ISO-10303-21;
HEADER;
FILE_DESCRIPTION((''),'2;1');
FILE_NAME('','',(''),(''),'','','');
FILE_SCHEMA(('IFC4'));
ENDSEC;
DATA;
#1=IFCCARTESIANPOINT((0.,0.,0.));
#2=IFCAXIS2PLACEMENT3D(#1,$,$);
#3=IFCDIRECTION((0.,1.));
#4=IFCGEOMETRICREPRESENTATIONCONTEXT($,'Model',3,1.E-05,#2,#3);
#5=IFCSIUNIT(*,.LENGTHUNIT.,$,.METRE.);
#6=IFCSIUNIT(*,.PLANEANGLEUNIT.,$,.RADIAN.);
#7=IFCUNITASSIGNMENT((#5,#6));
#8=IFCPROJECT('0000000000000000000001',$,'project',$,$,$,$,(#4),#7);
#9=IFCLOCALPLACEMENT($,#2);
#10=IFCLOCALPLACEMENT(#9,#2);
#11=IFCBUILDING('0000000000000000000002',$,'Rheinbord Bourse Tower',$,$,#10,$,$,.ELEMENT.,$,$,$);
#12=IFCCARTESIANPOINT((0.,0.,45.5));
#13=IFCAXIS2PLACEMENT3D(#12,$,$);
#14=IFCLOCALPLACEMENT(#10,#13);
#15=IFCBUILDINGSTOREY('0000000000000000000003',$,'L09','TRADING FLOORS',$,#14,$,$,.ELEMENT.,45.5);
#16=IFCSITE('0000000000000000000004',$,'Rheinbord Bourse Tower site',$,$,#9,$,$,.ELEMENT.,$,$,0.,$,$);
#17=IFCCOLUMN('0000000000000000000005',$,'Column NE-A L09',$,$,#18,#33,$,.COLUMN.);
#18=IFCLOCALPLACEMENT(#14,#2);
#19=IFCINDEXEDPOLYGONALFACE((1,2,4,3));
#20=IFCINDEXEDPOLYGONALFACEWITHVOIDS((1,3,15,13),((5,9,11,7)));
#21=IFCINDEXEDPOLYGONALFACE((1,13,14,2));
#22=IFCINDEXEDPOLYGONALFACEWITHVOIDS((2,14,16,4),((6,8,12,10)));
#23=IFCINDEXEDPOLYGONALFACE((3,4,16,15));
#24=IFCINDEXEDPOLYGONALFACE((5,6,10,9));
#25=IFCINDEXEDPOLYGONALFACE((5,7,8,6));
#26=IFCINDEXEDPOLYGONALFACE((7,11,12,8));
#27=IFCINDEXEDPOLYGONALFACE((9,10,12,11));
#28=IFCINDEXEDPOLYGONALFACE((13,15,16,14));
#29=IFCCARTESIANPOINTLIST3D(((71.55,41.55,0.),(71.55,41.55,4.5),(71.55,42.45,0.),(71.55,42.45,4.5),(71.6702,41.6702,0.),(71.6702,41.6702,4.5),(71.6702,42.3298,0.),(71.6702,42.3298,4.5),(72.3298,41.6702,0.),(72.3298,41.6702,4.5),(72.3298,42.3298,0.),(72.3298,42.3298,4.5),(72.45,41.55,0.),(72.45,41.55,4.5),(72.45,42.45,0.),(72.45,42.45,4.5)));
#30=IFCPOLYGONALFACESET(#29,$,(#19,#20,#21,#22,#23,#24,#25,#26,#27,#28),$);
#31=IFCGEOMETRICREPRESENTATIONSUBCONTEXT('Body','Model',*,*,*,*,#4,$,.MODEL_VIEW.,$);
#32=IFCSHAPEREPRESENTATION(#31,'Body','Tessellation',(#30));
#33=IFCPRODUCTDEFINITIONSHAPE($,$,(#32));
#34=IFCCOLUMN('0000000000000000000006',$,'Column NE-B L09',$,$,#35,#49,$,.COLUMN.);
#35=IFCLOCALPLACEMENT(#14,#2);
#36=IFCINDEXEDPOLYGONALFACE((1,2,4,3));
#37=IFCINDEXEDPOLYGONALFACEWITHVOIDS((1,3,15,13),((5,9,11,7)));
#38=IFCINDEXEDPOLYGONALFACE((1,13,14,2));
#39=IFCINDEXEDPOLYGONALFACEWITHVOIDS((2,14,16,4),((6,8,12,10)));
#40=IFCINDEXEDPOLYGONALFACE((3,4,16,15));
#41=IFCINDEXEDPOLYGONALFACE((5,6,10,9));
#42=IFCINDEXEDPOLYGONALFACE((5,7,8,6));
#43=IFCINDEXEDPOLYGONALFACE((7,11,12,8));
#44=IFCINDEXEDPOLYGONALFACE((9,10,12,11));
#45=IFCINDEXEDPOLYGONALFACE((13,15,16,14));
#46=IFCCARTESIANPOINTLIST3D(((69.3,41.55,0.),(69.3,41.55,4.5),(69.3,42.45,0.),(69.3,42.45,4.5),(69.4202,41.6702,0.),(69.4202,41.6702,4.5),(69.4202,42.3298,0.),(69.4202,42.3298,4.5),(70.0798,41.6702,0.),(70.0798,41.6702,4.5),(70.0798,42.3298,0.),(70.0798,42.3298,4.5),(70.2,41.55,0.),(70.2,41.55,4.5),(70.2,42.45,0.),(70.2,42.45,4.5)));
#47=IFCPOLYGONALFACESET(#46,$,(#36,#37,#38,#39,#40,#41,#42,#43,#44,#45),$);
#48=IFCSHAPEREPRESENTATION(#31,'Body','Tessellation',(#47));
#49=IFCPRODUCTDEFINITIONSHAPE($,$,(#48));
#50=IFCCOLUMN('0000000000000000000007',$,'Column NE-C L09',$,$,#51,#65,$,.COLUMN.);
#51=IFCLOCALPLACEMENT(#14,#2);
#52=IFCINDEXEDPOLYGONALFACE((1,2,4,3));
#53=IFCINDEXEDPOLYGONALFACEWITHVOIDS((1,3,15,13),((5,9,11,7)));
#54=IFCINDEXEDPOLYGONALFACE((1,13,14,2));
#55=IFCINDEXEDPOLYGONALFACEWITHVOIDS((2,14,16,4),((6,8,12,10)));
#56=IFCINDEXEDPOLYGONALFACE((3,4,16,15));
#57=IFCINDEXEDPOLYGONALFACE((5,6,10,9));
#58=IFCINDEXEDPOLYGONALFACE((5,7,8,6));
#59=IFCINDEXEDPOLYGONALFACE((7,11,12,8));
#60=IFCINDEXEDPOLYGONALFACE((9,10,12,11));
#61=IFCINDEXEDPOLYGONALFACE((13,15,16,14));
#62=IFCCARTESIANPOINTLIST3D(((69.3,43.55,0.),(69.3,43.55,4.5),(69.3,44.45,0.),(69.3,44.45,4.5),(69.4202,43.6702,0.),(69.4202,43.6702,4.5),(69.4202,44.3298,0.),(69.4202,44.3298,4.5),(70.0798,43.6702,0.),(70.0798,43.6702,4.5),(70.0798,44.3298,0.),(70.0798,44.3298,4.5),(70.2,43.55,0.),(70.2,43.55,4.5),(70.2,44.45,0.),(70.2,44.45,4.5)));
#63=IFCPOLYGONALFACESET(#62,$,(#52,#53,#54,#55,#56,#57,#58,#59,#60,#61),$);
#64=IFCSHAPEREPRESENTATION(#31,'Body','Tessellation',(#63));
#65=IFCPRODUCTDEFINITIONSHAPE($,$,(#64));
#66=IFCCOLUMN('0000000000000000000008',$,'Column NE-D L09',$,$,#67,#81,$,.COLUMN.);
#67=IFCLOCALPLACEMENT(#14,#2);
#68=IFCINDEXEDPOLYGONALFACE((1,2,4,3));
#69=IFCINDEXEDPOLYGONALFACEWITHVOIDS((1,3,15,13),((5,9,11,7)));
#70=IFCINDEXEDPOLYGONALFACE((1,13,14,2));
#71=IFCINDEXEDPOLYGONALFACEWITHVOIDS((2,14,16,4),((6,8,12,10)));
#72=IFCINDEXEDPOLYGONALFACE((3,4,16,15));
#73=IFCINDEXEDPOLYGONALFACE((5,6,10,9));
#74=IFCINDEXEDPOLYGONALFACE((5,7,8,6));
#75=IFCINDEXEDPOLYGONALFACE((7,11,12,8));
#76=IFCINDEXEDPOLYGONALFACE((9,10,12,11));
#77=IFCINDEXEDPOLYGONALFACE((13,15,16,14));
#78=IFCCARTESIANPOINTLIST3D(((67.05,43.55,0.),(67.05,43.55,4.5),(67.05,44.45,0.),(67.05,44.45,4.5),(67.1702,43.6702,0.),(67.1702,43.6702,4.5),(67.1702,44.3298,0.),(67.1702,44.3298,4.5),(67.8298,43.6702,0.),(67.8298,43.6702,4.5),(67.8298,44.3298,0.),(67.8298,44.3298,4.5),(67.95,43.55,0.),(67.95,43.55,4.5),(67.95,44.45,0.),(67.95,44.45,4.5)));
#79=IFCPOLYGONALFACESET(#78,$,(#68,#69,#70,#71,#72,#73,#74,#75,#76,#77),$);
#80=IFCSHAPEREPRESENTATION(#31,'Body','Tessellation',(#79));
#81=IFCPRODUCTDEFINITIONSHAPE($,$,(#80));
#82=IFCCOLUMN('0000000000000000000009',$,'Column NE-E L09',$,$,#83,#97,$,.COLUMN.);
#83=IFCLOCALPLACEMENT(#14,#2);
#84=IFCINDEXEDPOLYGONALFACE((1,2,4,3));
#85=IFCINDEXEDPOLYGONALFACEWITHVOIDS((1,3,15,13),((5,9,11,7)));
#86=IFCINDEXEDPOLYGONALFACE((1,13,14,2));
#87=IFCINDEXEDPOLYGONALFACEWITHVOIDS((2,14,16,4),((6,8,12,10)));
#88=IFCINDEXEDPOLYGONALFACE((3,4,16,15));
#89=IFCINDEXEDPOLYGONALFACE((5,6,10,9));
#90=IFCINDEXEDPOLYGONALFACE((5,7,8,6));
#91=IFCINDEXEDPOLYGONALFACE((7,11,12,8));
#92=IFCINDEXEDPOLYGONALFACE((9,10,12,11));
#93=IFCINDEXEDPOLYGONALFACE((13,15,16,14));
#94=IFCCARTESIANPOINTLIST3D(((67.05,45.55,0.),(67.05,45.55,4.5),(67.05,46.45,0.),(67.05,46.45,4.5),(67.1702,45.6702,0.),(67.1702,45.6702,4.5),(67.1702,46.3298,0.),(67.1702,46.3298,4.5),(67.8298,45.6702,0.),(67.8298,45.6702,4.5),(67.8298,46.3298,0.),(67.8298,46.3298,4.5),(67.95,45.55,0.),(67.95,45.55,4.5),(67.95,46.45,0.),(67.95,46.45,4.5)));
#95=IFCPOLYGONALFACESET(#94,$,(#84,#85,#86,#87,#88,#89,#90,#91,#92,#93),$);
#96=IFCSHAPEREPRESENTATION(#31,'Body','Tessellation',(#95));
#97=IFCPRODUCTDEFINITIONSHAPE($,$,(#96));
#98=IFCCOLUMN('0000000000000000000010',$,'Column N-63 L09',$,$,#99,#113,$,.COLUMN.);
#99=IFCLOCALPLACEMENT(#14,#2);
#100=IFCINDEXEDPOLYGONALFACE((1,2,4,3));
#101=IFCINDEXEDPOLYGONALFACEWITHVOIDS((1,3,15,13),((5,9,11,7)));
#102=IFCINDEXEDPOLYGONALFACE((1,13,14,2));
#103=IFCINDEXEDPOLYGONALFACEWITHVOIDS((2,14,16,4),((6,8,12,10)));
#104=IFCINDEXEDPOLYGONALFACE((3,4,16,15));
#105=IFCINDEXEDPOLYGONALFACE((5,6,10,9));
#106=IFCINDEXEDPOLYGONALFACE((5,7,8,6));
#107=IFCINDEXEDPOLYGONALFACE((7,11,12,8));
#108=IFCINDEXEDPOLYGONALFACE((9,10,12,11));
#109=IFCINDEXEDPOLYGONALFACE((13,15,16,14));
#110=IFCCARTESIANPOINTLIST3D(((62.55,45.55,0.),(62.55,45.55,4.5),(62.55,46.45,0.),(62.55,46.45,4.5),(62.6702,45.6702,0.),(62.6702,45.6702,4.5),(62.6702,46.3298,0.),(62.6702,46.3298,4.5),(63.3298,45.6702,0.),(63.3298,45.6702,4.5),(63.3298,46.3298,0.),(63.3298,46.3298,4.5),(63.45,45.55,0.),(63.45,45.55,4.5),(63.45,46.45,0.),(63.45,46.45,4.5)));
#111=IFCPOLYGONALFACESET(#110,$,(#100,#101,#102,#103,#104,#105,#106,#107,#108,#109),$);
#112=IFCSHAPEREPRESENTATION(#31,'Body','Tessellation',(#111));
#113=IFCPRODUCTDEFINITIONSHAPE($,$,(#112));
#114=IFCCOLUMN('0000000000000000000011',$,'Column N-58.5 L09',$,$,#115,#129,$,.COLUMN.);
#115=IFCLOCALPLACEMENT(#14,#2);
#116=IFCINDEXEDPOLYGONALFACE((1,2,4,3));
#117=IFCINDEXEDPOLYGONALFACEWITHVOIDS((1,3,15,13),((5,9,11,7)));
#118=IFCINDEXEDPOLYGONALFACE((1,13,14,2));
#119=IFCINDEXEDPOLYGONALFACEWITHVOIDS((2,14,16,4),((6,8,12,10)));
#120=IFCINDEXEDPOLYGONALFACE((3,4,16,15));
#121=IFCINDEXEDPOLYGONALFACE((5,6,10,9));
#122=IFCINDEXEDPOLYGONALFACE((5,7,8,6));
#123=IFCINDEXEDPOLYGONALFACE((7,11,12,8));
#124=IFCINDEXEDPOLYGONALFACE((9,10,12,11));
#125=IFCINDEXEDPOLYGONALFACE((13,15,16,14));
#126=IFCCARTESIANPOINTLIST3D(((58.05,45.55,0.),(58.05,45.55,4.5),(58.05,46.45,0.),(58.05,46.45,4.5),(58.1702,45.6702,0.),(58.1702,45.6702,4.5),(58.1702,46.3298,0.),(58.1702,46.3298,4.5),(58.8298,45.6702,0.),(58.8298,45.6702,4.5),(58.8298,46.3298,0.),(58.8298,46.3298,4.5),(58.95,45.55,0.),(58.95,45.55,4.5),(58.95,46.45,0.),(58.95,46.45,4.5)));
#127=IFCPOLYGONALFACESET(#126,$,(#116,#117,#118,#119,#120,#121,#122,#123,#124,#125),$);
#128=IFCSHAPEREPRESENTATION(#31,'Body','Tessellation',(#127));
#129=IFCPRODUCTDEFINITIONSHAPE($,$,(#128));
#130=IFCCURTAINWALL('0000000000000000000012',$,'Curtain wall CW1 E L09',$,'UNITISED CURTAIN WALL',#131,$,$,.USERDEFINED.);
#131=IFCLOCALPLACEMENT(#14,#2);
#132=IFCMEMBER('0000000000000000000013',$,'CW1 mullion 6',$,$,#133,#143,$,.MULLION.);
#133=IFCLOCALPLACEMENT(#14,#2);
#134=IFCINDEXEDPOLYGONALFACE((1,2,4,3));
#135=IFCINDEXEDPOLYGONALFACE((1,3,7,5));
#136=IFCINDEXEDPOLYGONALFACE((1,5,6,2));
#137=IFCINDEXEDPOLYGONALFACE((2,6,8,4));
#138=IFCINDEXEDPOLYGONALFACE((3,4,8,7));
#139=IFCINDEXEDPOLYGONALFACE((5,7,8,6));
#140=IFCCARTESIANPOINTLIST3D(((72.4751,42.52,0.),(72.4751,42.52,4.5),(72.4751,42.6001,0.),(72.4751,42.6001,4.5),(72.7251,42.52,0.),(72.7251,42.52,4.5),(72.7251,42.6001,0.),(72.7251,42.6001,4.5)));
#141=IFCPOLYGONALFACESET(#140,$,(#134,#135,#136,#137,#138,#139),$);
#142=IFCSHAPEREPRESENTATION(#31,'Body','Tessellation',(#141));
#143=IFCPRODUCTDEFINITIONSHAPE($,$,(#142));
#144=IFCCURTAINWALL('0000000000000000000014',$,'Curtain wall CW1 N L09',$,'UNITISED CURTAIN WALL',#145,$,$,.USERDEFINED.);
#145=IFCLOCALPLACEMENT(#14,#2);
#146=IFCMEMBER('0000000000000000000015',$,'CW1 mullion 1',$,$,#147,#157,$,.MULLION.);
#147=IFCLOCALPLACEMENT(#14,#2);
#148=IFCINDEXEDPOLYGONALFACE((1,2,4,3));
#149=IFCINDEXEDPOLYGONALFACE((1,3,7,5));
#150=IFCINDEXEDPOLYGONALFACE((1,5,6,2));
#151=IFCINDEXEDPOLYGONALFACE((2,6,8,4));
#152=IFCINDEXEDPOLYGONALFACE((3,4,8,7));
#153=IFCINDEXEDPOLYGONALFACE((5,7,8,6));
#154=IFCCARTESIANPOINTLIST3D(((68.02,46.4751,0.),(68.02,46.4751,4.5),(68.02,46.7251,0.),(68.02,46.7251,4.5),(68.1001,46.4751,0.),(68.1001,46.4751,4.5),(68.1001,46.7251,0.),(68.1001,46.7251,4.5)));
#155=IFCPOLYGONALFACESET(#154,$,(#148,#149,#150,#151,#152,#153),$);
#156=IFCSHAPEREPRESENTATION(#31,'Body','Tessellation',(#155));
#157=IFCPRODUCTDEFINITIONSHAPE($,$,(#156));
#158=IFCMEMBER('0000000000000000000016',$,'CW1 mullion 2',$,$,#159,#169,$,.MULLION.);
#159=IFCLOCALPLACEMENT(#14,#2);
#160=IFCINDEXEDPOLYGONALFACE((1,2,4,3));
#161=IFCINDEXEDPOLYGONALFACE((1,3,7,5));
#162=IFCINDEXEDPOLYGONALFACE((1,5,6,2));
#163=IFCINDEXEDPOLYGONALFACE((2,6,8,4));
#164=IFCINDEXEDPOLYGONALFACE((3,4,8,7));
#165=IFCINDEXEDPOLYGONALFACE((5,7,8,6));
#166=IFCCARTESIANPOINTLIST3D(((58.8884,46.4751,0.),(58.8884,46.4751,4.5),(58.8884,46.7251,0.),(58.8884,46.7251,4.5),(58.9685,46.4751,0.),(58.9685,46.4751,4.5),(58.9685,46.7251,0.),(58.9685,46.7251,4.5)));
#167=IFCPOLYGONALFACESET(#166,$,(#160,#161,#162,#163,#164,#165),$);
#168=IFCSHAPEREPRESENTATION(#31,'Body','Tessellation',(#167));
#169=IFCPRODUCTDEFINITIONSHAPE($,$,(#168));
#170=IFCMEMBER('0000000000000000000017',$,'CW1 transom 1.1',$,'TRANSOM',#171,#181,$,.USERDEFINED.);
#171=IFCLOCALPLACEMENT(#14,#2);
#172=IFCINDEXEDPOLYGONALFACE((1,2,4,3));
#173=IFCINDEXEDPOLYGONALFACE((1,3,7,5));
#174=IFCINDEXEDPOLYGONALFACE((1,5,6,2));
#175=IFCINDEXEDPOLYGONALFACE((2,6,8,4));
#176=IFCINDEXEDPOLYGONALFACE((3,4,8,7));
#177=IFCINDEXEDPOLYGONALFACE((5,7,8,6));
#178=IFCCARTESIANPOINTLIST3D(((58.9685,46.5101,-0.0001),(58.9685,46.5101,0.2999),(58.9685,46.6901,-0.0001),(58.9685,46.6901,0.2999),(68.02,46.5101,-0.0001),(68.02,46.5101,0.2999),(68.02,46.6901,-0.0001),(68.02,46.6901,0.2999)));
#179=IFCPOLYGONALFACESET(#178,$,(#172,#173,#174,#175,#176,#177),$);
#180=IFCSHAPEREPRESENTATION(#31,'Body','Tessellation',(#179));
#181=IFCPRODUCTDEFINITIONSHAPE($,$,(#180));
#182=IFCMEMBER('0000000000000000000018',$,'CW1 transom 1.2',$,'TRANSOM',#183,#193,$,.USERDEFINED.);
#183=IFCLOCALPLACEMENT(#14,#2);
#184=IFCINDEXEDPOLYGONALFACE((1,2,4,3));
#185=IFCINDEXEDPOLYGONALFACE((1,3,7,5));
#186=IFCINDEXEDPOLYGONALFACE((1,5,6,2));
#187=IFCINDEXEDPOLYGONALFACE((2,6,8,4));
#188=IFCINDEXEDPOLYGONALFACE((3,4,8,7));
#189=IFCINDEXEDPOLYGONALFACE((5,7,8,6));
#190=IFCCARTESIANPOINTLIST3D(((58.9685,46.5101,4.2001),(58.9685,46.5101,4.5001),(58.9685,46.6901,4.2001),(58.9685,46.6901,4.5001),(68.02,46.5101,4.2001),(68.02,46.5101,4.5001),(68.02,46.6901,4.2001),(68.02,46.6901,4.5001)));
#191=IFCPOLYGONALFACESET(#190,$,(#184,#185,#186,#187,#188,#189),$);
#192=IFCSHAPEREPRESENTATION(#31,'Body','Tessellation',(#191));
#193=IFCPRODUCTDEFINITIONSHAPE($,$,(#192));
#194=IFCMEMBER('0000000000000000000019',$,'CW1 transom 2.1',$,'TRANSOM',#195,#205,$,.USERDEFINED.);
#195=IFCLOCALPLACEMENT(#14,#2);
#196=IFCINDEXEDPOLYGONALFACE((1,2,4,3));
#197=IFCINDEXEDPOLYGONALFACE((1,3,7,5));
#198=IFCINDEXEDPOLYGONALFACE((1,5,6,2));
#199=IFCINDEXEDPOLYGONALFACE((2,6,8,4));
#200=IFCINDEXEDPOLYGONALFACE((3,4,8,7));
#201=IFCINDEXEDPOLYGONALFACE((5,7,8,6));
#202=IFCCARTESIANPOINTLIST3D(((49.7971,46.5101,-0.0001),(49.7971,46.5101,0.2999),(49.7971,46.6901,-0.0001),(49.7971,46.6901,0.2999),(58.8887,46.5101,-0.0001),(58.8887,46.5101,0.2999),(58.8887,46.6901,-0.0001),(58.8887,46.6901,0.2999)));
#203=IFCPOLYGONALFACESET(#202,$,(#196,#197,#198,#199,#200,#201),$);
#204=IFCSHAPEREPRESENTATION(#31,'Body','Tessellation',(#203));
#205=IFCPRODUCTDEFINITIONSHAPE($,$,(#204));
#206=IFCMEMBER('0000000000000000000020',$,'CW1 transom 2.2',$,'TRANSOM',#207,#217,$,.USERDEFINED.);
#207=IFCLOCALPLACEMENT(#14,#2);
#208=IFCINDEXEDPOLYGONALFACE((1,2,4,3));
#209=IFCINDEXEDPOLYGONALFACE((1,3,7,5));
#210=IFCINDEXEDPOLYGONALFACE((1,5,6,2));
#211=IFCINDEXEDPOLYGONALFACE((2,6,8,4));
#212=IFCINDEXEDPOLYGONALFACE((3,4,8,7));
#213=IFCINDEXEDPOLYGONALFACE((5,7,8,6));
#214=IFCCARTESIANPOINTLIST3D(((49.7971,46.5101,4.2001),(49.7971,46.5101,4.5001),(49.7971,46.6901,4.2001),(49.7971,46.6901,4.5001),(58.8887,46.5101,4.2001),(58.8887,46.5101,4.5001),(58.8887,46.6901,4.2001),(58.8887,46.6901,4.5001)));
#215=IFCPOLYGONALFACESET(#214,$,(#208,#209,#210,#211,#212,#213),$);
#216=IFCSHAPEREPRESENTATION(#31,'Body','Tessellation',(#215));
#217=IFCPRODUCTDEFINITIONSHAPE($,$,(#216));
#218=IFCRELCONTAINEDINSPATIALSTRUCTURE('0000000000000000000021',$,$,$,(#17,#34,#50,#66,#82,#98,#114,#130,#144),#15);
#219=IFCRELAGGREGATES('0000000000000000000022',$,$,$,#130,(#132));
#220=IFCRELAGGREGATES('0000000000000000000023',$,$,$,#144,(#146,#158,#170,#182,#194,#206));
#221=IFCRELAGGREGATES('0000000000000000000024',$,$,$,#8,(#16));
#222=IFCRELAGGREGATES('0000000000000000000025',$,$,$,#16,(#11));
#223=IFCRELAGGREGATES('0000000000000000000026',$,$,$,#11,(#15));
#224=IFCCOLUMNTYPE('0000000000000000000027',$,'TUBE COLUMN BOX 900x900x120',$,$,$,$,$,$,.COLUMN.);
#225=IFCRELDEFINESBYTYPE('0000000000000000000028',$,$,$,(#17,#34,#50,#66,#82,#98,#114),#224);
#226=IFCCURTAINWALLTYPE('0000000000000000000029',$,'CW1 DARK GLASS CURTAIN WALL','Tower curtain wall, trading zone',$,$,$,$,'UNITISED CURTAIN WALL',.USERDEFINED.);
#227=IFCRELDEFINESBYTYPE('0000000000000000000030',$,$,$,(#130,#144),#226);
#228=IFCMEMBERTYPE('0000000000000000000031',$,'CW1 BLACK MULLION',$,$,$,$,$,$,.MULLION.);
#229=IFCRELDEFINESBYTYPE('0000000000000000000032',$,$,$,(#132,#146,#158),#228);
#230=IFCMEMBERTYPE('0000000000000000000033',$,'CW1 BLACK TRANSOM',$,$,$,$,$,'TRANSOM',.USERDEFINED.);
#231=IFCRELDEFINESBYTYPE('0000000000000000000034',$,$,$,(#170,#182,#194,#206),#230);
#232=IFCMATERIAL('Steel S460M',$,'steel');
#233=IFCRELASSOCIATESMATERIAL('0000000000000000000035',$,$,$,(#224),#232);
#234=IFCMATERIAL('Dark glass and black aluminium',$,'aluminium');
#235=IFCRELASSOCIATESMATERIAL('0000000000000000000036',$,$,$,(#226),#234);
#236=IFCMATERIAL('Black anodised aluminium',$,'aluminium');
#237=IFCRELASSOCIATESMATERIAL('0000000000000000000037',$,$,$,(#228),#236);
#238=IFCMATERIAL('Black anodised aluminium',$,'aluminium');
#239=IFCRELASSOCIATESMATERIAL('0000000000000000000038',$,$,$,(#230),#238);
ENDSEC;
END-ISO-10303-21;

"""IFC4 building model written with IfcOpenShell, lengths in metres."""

from ifc_helpers import new_model, si_unit, direction, frame, origin, origin_2d, place, context, subcontext, project, spatial, rectangle, hollow_rectangle, extrude, material, material_profile, profile_set, type_object, element, aggregate, save


model = new_model("IFC4")

# Units and contexts
model_context = context("Model", 3, precision=1e-05, world=origin(), true_north=direction((0.0, 1.0)))
body_context = subcontext(model_context, "Body", "Model", "MODEL_VIEW")
ifc_project = project(units=[si_unit("LENGTHUNIT", "METRE"), si_unit("PLANEANGLEUNIT", "RADIAN")], contexts=[model_context])

# Site, building, storey
site_placement = place(None, origin())
site = spatial("IfcSite", under=ifc_project, at=site_placement, Name="Rheinbord Bourse Tower site", CompositionType="ELEMENT", RefElevation=0.0)
building_placement = place(site_placement, origin())
building = spatial("IfcBuilding", under=site, at=building_placement, Name="Rheinbord Bourse Tower", CompositionType="ELEMENT")
storey_placement = place(building_placement, frame((0.0, 0.0, 45.5)))
storey = spatial("IfcBuildingStorey", under=building, at=storey_placement, Name="L09", Description="TRADING FLOORS", CompositionType="ELEMENT", Elevation=45.5)

# Columns
ifc_material_1 = material(Name="Steel S460M", Category="steel")
ifc_material_profile_1 = material_profile(ifc_material_1, hollow_rectangle(XDim=0.8999, YDim=0.8999, WallThickness=0.1201, at=origin_2d()), Name="BOX 900x900x120")
ifc_profile_set_1 = profile_set([ifc_material_profile_1], Name="Steel S460M")
column_type = type_object("IfcColumnType", Name="TUBE COLUMN BOX 900x900x120", PredefinedType="COLUMN", material=ifc_profile_set_1)
for number, where, z_axis, x_axis, name in (
    (1, (72.0, 42.0, 0.0), (0.0, 0.0, 1.0), (1.0, 0.0, 0.0), "Column NE-A L09"),
    (2, (69.75, 42.0, 0.0), (0.0, 0.0, 1.0), (1.0, 0.0, 0.0), "Column NE-B L09"),
    (3, (69.75, 44.0, 0.0), (0.0, 0.0, 1.0), (1.0, 0.0, 0.0), "Column NE-C L09"),
    (4, (67.5, 44.0, 0.0), (0.0, 0.0, 1.0), (0.0, 1.0, 0.0), "Column NE-D L09"),
    (5, (67.5, 46.0, 0.0), (0.0, 0.0, 1.0), (0.0, 1.0, 0.0), "Column NE-E L09"),
    (6, (63.0, 46.0, 0.0), (0.0, 0.0, 1.0), (0.0, 1.0, 0.0), "Column N-63 L09"),
    (7, (58.5, 46.0, 0.0), (0.0, 0.0, 1.0), (0.0, 1.0, 0.0), "Column N-58.5 L09"),
):
    element("IfcColumn", number, at=place(storey_placement, frame(where, z_axis=z_axis, x_axis=x_axis)), inside=storey, type_object=column_type, Name=name, PredefinedType="COLUMN", context=body_context, shape_type="SweptSolid", body=[
        extrude(hollow_rectangle(XDim=0.8999, YDim=0.8999, WallThickness=0.1201, at=origin_2d()), origin(), (0.0, 0.0, 1.0), 4.5),
    ])

# Curtain wall, member
ifc_material_2 = material(Name="Dark glass and black aluminium", Category="aluminium")
curtain_wall_type = type_object("IfcCurtainWallType", Name="CW1 DARK GLASS CURTAIN WALL", Description="Tower curtain wall, trading zone", ElementType="UNITISED CURTAIN WALL", PredefinedType="USERDEFINED", material=ifc_material_2)
curtain_wall_1_placement = place(storey_placement, origin())
curtain_wall_1 = element("IfcCurtainWall", 8, at=curtain_wall_1_placement, inside=storey, type_object=curtain_wall_type, Name="Curtain wall CW1 E L09", ObjectType="UNITISED CURTAIN WALL", PredefinedType="USERDEFINED")
ifc_material_3 = material(Name="Black anodised aluminium", Category="aluminium")
ifc_material_profile_2 = material_profile(ifc_material_3, rectangle(XDim=0.25, YDim=0.0801, at=origin_2d()), Name="CW1 MULLION 80x250")
ifc_profile_set_2 = profile_set([ifc_material_profile_2], Name="Black anodised aluminium")
member_type_1 = type_object("IfcMemberType", Name="CW1 BLACK MULLION", PredefinedType="MULLION", material=ifc_profile_set_2)
member_1_placement = place(storey_placement, frame((72.6001, 42.5601, 0.0), z_axis=(0.0, 0.0, 1.0), x_axis=(-1.0, 0.0, 0.0)))
member_1 = element("IfcMember", 9, at=member_1_placement, type_object=member_type_1, Name="CW1 mullion 6", PredefinedType="MULLION", context=body_context, shape_type="SweptSolid", body=[
    extrude(rectangle(XDim=0.25, YDim=0.0801, at=origin_2d()), origin(), (0.0, 0.0, 1.0), 4.5),
])
aggregate(curtain_wall_1, [member_1])

# Curtain wall, members
curtain_wall_2_placement = place(storey_placement, origin())
curtain_wall_2 = element("IfcCurtainWall", 10, at=curtain_wall_2_placement, inside=storey, type_object=curtain_wall_type, Name="Curtain wall CW1 N L09", ObjectType="UNITISED CURTAIN WALL", PredefinedType="USERDEFINED")
member_2_placement = place(storey_placement, frame((68.0601, 46.6001, 0.0), z_axis=(0.0, 0.0, 1.0), x_axis=(0.0, -1.0, 0.0)))
member_2 = element("IfcMember", 11, at=member_2_placement, type_object=member_type_1, Name="CW1 mullion 1", PredefinedType="MULLION", context=body_context, shape_type="SweptSolid", body=[
    extrude(rectangle(XDim=0.25, YDim=0.0801, at=origin_2d()), origin(), (0.0, 0.0, 1.0), 4.5),
])
member_3_placement = place(storey_placement, frame((58.9285, 46.6001, 0.0), z_axis=(0.0, 0.0, 1.0), x_axis=(0.0, -1.0, 0.0)))
member_3 = element("IfcMember", 12, at=member_3_placement, type_object=member_type_1, Name="CW1 mullion 2", PredefinedType="MULLION", context=body_context, shape_type="SweptSolid", body=[
    extrude(rectangle(XDim=0.25, YDim=0.0801, at=origin_2d()), origin(), (0.0, 0.0, 1.0), 4.5),
])
ifc_material_4 = material(Name="Black anodised aluminium", Category="aluminium")
ifc_material_profile_3 = material_profile(ifc_material_4, rectangle(XDim=0.1799, YDim=0.3, at=origin_2d()), Name="CW1 TRANSOM 300x180")
ifc_profile_set_3 = profile_set([ifc_material_profile_3], Name="Black anodised aluminium")
member_type_2 = type_object("IfcMemberType", Name="CW1 BLACK TRANSOM", ElementType="TRANSOM", PredefinedType="USERDEFINED", material=ifc_profile_set_3)
member_4_placement = place(storey_placement, frame((68.02, 46.6001, 0.1499), z_axis=(-1.0, 0.0, 0.0), x_axis=(0.0, -1.0, 0.0)))
member_4 = element("IfcMember", 13, at=member_4_placement, type_object=member_type_2, Name="CW1 transom 1.1", ObjectType="TRANSOM", PredefinedType="USERDEFINED", context=body_context, shape_type="SweptSolid", body=[
    extrude(rectangle(XDim=0.1799, YDim=0.3, at=origin_2d()), origin(), (0.0, 0.0, 1.0), 9.0515),
])
member_5_placement = place(storey_placement, frame((68.02, 46.6001, 4.3501), z_axis=(-1.0, 0.0, 0.0), x_axis=(0.0, -1.0, 0.0)))
member_5 = element("IfcMember", 14, at=member_5_placement, type_object=member_type_2, Name="CW1 transom 1.2", ObjectType="TRANSOM", PredefinedType="USERDEFINED", context=body_context, shape_type="SweptSolid", body=[
    extrude(rectangle(XDim=0.1799, YDim=0.3, at=origin_2d()), origin(), (0.0, 0.0, 1.0), 9.0515),
])
member_6_placement = place(storey_placement, frame((58.8887, 46.6001, 0.1499), z_axis=(-1.0, 0.0, 0.0), x_axis=(0.0, -1.0, 0.0)))
member_6 = element("IfcMember", 15, at=member_6_placement, type_object=member_type_2, Name="CW1 transom 2.1", ObjectType="TRANSOM", PredefinedType="USERDEFINED", context=body_context, shape_type="SweptSolid", body=[
    extrude(rectangle(XDim=0.1799, YDim=0.3, at=origin_2d()), origin(), (0.0, 0.0, 1.0), 9.0916),
])
member_7_placement = place(storey_placement, frame((58.8887, 46.6001, 4.3501), z_axis=(-1.0, 0.0, 0.0), x_axis=(0.0, -1.0, 0.0)))
member_7 = element("IfcMember", 16, at=member_7_placement, type_object=member_type_2, Name="CW1 transom 2.2", ObjectType="TRANSOM", PredefinedType="USERDEFINED", context=body_context, shape_type="SweptSolid", body=[
    extrude(rectangle(XDim=0.1799, YDim=0.3, at=origin_2d()), origin(), (0.0, 0.0, 1.0), 9.0916),
])

aggregate(curtain_wall_2, [member_2, member_3, member_4, member_5, member_6, member_7])

save(model, "model.ifc")
